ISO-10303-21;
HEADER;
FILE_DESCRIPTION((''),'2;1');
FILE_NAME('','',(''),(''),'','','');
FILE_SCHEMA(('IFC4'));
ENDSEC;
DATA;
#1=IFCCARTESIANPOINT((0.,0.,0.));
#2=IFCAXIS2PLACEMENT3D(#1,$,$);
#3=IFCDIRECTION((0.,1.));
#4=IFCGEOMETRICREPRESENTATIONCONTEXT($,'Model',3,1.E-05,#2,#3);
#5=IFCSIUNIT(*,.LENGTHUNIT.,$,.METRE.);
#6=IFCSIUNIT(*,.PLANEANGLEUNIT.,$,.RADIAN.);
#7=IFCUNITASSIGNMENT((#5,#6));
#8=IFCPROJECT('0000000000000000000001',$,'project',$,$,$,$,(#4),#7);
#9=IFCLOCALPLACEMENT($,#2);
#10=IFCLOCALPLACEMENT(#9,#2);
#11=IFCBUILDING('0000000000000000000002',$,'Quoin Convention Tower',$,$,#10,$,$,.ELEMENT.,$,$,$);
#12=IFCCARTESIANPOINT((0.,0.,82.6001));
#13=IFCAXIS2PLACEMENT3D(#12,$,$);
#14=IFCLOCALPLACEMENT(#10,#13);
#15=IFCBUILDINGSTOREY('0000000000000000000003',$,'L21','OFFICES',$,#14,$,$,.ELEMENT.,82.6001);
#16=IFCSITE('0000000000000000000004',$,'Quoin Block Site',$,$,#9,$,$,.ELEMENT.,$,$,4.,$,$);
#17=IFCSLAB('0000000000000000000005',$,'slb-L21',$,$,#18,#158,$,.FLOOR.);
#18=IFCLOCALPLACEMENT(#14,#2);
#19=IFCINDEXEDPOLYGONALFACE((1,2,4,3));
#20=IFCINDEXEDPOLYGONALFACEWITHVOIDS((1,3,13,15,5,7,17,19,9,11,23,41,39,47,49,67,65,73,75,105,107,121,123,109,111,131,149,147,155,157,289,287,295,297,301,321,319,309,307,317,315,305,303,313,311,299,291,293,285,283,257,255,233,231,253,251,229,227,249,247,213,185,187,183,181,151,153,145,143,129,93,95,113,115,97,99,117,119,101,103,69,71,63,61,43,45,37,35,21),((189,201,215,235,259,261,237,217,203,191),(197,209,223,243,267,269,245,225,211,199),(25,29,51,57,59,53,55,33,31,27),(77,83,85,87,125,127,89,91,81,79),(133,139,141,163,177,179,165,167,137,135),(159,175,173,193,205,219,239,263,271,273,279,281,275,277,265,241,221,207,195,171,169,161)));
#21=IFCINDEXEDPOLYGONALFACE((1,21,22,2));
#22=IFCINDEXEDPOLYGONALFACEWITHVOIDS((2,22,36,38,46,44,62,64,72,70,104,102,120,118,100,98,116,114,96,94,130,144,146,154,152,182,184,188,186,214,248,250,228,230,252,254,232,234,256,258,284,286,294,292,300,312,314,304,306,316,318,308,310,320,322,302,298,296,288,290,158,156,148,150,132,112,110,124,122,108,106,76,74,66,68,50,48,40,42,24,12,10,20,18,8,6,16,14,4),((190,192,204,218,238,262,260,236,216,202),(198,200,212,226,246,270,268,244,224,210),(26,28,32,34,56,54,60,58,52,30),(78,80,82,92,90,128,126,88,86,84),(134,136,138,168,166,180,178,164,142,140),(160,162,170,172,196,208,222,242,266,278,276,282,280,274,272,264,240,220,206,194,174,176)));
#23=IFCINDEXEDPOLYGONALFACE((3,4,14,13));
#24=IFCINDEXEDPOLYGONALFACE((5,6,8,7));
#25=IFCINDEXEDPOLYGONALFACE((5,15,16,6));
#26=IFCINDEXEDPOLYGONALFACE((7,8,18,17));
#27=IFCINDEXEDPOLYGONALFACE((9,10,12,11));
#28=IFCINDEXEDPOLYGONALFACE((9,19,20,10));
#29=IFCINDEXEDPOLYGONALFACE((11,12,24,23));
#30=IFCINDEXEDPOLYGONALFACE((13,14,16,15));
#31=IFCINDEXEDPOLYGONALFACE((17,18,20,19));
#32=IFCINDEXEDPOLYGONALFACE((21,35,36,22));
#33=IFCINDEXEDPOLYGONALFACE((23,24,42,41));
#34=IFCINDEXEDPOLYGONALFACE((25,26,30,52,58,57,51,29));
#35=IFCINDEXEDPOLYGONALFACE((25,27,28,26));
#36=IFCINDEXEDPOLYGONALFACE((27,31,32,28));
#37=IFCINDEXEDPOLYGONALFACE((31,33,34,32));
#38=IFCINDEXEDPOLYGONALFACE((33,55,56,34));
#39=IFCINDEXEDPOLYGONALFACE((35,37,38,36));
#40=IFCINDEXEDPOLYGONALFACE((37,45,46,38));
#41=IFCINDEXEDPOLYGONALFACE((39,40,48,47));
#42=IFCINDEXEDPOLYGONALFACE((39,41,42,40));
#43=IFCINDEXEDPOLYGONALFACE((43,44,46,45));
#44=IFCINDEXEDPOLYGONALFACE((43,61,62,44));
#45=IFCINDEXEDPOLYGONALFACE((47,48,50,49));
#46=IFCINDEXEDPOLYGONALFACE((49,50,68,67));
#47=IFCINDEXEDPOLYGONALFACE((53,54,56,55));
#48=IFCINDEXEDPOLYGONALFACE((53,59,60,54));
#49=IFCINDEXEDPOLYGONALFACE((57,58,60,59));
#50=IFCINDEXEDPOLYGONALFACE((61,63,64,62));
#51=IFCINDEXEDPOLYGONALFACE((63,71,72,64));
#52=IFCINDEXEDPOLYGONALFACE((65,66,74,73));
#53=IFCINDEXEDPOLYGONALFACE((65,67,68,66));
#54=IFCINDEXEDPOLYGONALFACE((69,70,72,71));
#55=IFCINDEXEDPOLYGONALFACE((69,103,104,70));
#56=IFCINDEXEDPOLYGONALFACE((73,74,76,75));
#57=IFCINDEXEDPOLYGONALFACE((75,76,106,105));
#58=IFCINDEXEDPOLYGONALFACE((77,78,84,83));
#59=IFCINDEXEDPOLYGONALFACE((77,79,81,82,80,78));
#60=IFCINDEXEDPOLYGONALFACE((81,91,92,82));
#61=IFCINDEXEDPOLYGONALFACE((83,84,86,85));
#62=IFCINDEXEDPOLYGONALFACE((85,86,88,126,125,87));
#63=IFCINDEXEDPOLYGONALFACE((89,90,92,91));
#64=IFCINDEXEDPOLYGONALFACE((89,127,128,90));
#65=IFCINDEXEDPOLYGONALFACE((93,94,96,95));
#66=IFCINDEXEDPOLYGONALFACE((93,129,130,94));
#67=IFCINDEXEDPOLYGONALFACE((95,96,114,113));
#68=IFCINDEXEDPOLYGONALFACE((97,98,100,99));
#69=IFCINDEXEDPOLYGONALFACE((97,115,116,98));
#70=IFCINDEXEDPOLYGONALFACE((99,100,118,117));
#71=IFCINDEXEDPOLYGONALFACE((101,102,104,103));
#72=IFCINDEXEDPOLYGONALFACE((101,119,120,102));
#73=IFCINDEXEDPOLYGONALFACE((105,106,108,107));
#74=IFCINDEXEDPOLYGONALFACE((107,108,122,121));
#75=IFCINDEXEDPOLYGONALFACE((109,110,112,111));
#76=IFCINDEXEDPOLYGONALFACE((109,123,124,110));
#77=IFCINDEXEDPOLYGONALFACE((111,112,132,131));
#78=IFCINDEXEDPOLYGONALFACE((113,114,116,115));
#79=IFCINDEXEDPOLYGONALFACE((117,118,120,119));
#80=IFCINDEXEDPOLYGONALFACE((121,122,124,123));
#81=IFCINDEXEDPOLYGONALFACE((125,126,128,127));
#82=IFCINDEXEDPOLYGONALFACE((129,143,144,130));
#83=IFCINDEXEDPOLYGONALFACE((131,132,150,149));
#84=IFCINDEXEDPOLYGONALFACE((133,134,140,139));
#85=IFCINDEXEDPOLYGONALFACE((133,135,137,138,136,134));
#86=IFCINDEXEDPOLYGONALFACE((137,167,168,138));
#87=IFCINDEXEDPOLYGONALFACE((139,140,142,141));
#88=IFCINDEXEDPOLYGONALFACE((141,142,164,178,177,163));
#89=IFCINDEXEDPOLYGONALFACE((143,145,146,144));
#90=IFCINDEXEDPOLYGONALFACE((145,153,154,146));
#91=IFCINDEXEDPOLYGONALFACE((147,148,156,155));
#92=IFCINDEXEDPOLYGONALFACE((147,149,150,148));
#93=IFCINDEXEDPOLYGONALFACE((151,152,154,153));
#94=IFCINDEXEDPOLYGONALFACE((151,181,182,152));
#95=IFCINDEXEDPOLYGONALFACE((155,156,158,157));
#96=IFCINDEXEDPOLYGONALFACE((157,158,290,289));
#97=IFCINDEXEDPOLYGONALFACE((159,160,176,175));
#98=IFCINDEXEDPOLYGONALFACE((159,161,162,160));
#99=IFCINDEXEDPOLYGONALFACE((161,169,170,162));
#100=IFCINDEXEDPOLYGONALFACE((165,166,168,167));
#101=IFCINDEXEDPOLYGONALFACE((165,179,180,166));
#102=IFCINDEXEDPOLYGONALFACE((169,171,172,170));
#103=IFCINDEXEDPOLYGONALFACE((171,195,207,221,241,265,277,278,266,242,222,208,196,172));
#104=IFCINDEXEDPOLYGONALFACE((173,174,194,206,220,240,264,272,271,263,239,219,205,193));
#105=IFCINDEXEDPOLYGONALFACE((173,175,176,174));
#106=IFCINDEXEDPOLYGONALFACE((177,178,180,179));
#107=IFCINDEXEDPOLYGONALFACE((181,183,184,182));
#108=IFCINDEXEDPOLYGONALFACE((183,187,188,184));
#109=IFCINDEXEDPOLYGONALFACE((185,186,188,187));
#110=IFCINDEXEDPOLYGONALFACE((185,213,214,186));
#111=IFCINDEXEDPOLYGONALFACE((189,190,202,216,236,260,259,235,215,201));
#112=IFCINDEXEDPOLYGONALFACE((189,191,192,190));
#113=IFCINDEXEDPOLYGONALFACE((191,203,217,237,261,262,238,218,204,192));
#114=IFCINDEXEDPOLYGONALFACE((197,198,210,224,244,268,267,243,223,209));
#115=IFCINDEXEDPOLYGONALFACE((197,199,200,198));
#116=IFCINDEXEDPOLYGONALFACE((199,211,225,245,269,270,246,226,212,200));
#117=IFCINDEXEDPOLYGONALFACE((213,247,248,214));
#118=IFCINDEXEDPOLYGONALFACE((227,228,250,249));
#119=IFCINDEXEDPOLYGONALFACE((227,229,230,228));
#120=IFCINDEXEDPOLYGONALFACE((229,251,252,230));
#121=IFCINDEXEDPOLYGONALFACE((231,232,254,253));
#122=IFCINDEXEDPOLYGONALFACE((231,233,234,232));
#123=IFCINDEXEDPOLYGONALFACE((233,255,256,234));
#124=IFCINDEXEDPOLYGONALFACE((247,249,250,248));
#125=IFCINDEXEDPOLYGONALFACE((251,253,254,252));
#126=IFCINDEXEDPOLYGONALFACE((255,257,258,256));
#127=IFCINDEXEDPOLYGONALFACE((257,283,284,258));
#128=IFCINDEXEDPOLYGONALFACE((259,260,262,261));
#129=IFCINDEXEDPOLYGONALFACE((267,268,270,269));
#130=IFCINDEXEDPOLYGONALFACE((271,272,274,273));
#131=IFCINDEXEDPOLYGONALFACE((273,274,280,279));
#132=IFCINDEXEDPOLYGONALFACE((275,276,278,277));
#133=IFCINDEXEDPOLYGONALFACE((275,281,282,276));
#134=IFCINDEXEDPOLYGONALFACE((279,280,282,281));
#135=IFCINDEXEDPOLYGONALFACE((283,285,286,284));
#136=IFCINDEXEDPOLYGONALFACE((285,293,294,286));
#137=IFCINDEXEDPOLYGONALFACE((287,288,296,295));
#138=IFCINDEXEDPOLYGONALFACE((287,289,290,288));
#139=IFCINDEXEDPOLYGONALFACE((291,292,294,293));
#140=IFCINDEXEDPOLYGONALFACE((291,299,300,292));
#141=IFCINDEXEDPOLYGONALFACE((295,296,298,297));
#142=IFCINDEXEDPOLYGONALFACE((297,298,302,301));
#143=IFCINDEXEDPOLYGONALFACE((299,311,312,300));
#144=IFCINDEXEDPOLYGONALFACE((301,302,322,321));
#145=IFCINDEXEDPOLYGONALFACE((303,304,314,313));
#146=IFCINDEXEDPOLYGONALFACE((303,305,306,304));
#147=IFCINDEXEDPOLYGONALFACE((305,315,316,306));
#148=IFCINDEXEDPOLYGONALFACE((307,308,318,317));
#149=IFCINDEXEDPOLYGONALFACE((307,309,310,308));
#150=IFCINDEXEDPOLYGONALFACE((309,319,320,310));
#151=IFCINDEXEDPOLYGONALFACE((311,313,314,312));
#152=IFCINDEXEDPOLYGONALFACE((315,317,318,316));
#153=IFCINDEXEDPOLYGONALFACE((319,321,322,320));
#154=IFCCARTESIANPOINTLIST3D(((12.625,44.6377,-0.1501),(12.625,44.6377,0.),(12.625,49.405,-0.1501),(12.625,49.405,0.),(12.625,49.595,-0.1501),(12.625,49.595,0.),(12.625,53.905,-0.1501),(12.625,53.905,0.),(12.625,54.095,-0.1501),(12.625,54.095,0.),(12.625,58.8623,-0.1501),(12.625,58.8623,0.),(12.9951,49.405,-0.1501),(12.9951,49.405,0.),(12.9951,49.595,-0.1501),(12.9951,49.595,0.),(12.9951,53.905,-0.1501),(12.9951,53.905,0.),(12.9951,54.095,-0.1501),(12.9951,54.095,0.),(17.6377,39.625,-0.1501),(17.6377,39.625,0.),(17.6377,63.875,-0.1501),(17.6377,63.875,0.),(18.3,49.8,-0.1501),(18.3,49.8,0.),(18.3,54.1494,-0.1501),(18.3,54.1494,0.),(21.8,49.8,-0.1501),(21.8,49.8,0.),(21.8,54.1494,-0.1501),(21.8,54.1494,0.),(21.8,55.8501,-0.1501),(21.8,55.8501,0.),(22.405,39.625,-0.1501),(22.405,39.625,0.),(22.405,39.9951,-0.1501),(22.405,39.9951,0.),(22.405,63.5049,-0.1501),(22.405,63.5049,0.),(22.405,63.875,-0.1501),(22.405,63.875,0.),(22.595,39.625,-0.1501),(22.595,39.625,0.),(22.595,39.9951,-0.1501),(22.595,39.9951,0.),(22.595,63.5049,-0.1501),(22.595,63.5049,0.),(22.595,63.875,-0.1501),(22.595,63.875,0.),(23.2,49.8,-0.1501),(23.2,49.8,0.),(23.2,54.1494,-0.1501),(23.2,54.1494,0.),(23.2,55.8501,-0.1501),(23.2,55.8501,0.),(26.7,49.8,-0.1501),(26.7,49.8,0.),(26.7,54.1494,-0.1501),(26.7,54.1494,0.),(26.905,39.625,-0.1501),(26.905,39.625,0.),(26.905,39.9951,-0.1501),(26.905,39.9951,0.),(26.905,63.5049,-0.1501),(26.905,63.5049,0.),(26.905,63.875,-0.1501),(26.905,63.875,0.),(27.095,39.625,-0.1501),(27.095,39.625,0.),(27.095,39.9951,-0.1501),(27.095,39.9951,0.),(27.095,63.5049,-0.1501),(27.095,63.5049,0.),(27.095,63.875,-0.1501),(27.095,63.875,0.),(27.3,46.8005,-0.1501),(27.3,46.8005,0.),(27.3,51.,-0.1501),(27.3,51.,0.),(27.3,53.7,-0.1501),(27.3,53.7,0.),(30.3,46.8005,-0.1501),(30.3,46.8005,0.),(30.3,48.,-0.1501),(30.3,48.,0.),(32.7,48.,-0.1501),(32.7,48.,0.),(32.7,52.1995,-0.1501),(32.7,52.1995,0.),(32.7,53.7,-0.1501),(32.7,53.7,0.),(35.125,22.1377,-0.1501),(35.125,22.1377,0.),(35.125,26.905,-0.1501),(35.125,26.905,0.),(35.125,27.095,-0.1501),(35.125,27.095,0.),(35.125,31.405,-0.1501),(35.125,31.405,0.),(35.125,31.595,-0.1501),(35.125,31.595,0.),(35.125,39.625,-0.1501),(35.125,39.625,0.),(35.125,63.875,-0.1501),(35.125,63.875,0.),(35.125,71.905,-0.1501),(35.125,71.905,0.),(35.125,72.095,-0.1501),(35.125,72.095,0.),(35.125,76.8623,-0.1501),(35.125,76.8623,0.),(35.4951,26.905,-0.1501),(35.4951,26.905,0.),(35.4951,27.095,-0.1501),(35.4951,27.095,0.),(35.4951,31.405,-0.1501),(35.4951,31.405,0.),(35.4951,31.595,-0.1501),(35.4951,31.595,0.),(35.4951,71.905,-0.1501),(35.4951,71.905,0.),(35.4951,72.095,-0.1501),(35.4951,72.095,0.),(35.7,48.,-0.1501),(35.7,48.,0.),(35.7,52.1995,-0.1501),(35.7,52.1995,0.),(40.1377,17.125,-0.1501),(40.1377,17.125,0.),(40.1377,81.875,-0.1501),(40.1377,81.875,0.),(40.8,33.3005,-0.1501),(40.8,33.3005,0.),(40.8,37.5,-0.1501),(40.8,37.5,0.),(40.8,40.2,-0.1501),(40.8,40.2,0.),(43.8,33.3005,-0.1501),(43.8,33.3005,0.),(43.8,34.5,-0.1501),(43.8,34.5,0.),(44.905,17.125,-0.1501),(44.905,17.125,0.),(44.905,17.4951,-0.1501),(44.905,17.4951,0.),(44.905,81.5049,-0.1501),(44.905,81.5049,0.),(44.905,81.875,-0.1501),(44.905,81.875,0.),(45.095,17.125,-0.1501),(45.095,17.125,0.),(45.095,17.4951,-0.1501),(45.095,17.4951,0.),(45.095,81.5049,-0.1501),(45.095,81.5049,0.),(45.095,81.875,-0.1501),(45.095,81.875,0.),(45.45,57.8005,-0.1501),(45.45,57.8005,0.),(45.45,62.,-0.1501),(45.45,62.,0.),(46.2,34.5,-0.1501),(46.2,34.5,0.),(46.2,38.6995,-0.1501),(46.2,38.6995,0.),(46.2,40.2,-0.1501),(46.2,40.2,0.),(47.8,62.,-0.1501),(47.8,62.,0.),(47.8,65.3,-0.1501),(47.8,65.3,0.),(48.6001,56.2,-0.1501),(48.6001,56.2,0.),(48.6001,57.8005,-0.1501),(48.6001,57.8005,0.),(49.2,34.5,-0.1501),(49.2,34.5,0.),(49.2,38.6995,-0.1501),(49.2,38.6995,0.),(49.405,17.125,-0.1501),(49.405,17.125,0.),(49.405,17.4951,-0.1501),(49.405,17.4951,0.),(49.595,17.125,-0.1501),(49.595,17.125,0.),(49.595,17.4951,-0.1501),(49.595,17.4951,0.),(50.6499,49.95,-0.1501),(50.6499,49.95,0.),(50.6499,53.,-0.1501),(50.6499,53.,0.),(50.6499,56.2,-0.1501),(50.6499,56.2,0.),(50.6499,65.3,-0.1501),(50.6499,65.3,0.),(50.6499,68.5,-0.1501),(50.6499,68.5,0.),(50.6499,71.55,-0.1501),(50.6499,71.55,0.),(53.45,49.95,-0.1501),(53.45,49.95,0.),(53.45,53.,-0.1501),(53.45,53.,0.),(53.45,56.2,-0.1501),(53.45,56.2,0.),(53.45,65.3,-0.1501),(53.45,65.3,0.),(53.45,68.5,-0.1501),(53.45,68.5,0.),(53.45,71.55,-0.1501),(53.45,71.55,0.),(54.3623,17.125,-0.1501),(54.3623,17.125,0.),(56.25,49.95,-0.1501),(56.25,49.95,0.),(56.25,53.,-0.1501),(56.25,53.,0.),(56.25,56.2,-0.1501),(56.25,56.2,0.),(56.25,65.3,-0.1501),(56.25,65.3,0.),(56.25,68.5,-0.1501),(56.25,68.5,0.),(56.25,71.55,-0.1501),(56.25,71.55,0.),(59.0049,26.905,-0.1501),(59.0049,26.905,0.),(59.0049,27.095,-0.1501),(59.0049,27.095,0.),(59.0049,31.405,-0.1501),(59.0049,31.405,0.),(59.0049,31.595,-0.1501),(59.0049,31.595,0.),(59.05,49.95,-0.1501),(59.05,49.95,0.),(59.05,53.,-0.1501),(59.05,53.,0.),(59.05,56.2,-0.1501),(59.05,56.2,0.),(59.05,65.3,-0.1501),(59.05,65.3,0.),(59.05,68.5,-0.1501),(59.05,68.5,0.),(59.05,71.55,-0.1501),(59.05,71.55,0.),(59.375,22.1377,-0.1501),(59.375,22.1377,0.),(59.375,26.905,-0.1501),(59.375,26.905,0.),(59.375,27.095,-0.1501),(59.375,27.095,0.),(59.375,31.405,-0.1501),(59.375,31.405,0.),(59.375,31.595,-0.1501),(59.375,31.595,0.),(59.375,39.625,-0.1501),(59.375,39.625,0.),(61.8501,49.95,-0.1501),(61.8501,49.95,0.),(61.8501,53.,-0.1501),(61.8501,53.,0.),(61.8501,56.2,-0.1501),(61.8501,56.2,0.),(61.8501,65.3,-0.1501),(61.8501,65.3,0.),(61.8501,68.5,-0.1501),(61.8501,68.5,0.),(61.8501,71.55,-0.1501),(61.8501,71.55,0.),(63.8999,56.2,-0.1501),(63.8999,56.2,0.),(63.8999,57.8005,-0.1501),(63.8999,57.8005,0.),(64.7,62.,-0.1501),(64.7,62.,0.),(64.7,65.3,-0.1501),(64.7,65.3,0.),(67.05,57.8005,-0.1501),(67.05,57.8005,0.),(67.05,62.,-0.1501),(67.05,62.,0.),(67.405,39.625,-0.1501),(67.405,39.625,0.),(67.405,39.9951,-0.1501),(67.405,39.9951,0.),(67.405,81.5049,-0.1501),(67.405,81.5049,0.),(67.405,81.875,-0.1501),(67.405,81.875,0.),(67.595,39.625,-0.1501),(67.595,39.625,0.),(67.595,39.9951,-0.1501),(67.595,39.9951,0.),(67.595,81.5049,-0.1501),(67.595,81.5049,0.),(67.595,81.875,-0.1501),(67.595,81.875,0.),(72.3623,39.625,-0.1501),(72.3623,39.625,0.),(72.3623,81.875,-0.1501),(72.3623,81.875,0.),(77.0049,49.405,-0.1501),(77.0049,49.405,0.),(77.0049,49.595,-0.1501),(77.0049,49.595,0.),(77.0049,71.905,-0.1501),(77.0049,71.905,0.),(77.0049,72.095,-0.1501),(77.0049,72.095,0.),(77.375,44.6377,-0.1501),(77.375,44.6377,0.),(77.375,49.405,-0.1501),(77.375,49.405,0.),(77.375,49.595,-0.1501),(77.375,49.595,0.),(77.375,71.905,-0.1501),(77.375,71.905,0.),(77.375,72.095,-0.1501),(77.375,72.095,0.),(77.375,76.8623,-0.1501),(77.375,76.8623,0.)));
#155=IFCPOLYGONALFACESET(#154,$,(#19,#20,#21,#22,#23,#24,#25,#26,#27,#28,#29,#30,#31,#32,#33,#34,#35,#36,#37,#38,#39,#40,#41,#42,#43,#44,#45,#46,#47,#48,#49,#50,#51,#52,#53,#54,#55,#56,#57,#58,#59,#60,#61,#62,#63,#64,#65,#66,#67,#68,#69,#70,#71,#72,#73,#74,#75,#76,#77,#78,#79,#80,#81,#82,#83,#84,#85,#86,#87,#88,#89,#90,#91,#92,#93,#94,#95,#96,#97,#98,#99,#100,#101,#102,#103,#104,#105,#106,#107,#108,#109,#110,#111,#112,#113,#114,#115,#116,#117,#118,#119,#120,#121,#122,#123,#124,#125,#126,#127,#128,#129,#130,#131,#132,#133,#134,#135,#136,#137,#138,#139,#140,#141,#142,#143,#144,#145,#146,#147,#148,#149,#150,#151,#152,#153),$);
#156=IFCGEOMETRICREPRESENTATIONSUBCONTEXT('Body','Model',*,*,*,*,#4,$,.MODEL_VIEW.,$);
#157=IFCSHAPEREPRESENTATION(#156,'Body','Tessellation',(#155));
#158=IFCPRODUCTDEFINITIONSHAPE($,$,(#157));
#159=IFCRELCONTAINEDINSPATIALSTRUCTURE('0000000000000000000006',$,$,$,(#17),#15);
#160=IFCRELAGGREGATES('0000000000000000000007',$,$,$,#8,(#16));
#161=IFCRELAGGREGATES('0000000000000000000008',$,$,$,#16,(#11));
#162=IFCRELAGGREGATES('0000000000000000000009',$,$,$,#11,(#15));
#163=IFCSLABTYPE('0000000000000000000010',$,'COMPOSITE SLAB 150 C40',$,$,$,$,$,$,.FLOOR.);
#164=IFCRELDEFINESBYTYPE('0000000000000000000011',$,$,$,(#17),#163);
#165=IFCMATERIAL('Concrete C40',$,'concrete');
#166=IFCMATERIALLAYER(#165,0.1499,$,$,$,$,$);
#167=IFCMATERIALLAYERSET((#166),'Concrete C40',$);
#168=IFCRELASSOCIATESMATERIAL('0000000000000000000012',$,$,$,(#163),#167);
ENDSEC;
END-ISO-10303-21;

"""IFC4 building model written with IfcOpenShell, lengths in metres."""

from ifc_helpers import new_model, si_unit, direction, frame, origin, place, context, subcontext, project, spatial, polyline, outline, extrude, material, layer, layer_set, type_object, element, save


model = new_model("IFC4")

# Units and contexts
model_context = context("Model", 3, precision=1e-05, world=origin(), true_north=direction((0.0, 1.0)))
body_context = subcontext(model_context, "Body", "Model", "MODEL_VIEW")
ifc_project = project(units=[si_unit("LENGTHUNIT", "METRE"), si_unit("PLANEANGLEUNIT", "RADIAN")], contexts=[model_context])

# Site, building, storey
site_placement = place(None, origin())
site = spatial("IfcSite", under=ifc_project, at=site_placement, Name="Quoin Block Site", CompositionType="ELEMENT", RefElevation=4.0)
building_placement = place(site_placement, origin())
building = spatial("IfcBuilding", under=site, at=building_placement, Name="Quoin Convention Tower", CompositionType="ELEMENT")
storey_placement = place(building_placement, frame((0.0, 0.0, 82.6001)))
storey = spatial("IfcBuildingStorey", under=building, at=storey_placement, Name="L21", Description="OFFICES", CompositionType="ELEMENT", Elevation=82.6001)

# Slab
ifc_material_1 = material(Name="Concrete C40", Category="concrete")
ifc_layer_1 = layer(ifc_material_1, 0.1499)
ifc_layer_set_1 = layer_set([ifc_layer_1], Name="Concrete C40")
slab_type_1 = type_object("IfcSlabType", Name="COMPOSITE SLAB 150 C40", PredefinedType="FLOOR", material=ifc_layer_set_1)
slab_1_placement = place(storey_placement, frame((0.0, 0.0, -0.1501)))
element("IfcSlab", 1, at=slab_1_placement, inside=storey, type_object=slab_type_1, Name="slb-L21", PredefinedType="FLOOR", context=body_context, shape_type="SweptSolid", body=[
    extrude(outline(polyline([(54.3623, 17.125), (49.595, 17.125), (49.595, 17.4951), (49.405, 17.4951), (49.405, 17.125), (45.095, 17.125), (45.095, 17.4951), (44.905, 17.4951), (44.905, 17.125), (40.1377, 17.125), (35.125, 22.1377), (35.125, 26.905), (35.4951, 26.905), (35.4951, 27.095), (35.125, 27.095), (35.125, 31.405), (35.4951, 31.405), (35.4951, 31.595), (35.125, 31.595), (35.125, 39.625), (27.095, 39.625), (27.095, 39.9951), (26.905, 39.9951), (26.905, 39.625), (22.595, 39.625), (22.595, 39.9951), (22.405, 39.9951), (22.405, 39.625), (17.6377, 39.625), (12.625, 44.6377), (12.625, 49.405), (12.9951, 49.405), (12.9951, 49.595), (12.625, 49.595), (12.625, 53.905), (12.9951, 53.905), (12.9951, 54.095), (12.625, 54.095), (12.625, 58.8623), (17.6377, 63.875), (22.405, 63.875), (22.405, 63.5049), (22.595, 63.5049), (22.595, 63.875), (26.905, 63.875), (26.905, 63.5049), (27.095, 63.5049), (27.095, 63.875), (35.125, 63.875), (35.125, 71.905), (35.4951, 71.905), (35.4951, 72.095), (35.125, 72.095), (35.125, 76.8623), (40.1377, 81.875), (44.905, 81.875), (44.905, 81.5049), (45.095, 81.5049), (45.095, 81.875), (67.405, 81.875), (67.405, 81.5049), (67.595, 81.5049), (67.595, 81.875), (72.3623, 81.875), (77.375, 76.8623), (77.375, 72.095), (77.0049, 72.095), (77.0049, 71.905), (77.375, 71.905), (77.375, 49.595), (77.0049, 49.595), (77.0049, 49.405), (77.375, 49.405), (77.375, 44.6377), (72.3623, 39.625), (67.595, 39.625), (67.595, 39.9951), (67.405, 39.9951), (67.405, 39.625), (59.375, 39.625), (59.375, 31.595), (59.0049, 31.595), (59.0049, 31.405), (59.375, 31.405), (59.375, 27.095), (59.0049, 27.095), (59.0049, 26.905), (59.375, 26.905), (59.375, 22.1377), (54.3623, 17.125)]), holes=[polyline([(40.8, 37.5), (40.8, 33.3005), (43.8, 33.3005), (43.8, 34.5), (46.2, 34.5), (49.2, 34.5), (49.2, 38.6995), (46.2, 38.6995), (46.2, 40.2), (40.8, 40.2), (40.8, 37.5)]), polyline([(32.7, 52.1995), (32.7, 53.7), (27.3, 53.7), (27.3, 51.0), (27.3, 46.8005), (30.3, 46.8005), (30.3, 48.0), (32.7, 48.0), (35.7, 48.0), (35.7, 52.1995), (32.7, 52.1995)]), polyline([(56.25, 49.95), (59.05, 49.95), (61.8501, 49.95), (61.8501, 53.0), (59.05, 53.0), (56.25, 53.0), (53.45, 53.0), (50.6499, 53.0), (50.6499, 49.95), (53.45, 49.95), (56.25, 49.95)]), polyline([(21.8, 54.1494), (18.3, 54.1494), (18.3, 49.8), (21.8, 49.8), (23.2, 49.8), (26.7, 49.8), (26.7, 54.1494), (23.2, 54.1494), (23.2, 55.8501), (21.8, 55.8501), (21.8, 54.1494)]), polyline([(48.6001, 56.2), (50.6499, 56.2), (53.45, 56.2), (56.25, 56.2), (59.05, 56.2), (61.8501, 56.2), (63.8999, 56.2), (63.8999, 57.8005), (67.05, 57.8005), (67.05, 62.0), (64.7, 62.0), (64.7, 65.3), (61.8501, 65.3), (59.05, 65.3), (56.25, 65.3), (53.45, 65.3), (50.6499, 65.3), (47.8, 65.3), (47.8, 62.0), (45.45, 62.0), (45.45, 57.8005), (48.6001, 57.8005), (48.6001, 56.2)]), polyline([(53.45, 68.5), (56.25, 68.5), (59.05, 68.5), (61.8501, 68.5), (61.8501, 71.55), (59.05, 71.55), (56.25, 71.55), (53.45, 71.55), (50.6499, 71.55), (50.6499, 68.5), (53.45, 68.5)])]), origin(), (0.0, 0.0, 1.0), 0.1501),
])

save(model, "model.ifc")
